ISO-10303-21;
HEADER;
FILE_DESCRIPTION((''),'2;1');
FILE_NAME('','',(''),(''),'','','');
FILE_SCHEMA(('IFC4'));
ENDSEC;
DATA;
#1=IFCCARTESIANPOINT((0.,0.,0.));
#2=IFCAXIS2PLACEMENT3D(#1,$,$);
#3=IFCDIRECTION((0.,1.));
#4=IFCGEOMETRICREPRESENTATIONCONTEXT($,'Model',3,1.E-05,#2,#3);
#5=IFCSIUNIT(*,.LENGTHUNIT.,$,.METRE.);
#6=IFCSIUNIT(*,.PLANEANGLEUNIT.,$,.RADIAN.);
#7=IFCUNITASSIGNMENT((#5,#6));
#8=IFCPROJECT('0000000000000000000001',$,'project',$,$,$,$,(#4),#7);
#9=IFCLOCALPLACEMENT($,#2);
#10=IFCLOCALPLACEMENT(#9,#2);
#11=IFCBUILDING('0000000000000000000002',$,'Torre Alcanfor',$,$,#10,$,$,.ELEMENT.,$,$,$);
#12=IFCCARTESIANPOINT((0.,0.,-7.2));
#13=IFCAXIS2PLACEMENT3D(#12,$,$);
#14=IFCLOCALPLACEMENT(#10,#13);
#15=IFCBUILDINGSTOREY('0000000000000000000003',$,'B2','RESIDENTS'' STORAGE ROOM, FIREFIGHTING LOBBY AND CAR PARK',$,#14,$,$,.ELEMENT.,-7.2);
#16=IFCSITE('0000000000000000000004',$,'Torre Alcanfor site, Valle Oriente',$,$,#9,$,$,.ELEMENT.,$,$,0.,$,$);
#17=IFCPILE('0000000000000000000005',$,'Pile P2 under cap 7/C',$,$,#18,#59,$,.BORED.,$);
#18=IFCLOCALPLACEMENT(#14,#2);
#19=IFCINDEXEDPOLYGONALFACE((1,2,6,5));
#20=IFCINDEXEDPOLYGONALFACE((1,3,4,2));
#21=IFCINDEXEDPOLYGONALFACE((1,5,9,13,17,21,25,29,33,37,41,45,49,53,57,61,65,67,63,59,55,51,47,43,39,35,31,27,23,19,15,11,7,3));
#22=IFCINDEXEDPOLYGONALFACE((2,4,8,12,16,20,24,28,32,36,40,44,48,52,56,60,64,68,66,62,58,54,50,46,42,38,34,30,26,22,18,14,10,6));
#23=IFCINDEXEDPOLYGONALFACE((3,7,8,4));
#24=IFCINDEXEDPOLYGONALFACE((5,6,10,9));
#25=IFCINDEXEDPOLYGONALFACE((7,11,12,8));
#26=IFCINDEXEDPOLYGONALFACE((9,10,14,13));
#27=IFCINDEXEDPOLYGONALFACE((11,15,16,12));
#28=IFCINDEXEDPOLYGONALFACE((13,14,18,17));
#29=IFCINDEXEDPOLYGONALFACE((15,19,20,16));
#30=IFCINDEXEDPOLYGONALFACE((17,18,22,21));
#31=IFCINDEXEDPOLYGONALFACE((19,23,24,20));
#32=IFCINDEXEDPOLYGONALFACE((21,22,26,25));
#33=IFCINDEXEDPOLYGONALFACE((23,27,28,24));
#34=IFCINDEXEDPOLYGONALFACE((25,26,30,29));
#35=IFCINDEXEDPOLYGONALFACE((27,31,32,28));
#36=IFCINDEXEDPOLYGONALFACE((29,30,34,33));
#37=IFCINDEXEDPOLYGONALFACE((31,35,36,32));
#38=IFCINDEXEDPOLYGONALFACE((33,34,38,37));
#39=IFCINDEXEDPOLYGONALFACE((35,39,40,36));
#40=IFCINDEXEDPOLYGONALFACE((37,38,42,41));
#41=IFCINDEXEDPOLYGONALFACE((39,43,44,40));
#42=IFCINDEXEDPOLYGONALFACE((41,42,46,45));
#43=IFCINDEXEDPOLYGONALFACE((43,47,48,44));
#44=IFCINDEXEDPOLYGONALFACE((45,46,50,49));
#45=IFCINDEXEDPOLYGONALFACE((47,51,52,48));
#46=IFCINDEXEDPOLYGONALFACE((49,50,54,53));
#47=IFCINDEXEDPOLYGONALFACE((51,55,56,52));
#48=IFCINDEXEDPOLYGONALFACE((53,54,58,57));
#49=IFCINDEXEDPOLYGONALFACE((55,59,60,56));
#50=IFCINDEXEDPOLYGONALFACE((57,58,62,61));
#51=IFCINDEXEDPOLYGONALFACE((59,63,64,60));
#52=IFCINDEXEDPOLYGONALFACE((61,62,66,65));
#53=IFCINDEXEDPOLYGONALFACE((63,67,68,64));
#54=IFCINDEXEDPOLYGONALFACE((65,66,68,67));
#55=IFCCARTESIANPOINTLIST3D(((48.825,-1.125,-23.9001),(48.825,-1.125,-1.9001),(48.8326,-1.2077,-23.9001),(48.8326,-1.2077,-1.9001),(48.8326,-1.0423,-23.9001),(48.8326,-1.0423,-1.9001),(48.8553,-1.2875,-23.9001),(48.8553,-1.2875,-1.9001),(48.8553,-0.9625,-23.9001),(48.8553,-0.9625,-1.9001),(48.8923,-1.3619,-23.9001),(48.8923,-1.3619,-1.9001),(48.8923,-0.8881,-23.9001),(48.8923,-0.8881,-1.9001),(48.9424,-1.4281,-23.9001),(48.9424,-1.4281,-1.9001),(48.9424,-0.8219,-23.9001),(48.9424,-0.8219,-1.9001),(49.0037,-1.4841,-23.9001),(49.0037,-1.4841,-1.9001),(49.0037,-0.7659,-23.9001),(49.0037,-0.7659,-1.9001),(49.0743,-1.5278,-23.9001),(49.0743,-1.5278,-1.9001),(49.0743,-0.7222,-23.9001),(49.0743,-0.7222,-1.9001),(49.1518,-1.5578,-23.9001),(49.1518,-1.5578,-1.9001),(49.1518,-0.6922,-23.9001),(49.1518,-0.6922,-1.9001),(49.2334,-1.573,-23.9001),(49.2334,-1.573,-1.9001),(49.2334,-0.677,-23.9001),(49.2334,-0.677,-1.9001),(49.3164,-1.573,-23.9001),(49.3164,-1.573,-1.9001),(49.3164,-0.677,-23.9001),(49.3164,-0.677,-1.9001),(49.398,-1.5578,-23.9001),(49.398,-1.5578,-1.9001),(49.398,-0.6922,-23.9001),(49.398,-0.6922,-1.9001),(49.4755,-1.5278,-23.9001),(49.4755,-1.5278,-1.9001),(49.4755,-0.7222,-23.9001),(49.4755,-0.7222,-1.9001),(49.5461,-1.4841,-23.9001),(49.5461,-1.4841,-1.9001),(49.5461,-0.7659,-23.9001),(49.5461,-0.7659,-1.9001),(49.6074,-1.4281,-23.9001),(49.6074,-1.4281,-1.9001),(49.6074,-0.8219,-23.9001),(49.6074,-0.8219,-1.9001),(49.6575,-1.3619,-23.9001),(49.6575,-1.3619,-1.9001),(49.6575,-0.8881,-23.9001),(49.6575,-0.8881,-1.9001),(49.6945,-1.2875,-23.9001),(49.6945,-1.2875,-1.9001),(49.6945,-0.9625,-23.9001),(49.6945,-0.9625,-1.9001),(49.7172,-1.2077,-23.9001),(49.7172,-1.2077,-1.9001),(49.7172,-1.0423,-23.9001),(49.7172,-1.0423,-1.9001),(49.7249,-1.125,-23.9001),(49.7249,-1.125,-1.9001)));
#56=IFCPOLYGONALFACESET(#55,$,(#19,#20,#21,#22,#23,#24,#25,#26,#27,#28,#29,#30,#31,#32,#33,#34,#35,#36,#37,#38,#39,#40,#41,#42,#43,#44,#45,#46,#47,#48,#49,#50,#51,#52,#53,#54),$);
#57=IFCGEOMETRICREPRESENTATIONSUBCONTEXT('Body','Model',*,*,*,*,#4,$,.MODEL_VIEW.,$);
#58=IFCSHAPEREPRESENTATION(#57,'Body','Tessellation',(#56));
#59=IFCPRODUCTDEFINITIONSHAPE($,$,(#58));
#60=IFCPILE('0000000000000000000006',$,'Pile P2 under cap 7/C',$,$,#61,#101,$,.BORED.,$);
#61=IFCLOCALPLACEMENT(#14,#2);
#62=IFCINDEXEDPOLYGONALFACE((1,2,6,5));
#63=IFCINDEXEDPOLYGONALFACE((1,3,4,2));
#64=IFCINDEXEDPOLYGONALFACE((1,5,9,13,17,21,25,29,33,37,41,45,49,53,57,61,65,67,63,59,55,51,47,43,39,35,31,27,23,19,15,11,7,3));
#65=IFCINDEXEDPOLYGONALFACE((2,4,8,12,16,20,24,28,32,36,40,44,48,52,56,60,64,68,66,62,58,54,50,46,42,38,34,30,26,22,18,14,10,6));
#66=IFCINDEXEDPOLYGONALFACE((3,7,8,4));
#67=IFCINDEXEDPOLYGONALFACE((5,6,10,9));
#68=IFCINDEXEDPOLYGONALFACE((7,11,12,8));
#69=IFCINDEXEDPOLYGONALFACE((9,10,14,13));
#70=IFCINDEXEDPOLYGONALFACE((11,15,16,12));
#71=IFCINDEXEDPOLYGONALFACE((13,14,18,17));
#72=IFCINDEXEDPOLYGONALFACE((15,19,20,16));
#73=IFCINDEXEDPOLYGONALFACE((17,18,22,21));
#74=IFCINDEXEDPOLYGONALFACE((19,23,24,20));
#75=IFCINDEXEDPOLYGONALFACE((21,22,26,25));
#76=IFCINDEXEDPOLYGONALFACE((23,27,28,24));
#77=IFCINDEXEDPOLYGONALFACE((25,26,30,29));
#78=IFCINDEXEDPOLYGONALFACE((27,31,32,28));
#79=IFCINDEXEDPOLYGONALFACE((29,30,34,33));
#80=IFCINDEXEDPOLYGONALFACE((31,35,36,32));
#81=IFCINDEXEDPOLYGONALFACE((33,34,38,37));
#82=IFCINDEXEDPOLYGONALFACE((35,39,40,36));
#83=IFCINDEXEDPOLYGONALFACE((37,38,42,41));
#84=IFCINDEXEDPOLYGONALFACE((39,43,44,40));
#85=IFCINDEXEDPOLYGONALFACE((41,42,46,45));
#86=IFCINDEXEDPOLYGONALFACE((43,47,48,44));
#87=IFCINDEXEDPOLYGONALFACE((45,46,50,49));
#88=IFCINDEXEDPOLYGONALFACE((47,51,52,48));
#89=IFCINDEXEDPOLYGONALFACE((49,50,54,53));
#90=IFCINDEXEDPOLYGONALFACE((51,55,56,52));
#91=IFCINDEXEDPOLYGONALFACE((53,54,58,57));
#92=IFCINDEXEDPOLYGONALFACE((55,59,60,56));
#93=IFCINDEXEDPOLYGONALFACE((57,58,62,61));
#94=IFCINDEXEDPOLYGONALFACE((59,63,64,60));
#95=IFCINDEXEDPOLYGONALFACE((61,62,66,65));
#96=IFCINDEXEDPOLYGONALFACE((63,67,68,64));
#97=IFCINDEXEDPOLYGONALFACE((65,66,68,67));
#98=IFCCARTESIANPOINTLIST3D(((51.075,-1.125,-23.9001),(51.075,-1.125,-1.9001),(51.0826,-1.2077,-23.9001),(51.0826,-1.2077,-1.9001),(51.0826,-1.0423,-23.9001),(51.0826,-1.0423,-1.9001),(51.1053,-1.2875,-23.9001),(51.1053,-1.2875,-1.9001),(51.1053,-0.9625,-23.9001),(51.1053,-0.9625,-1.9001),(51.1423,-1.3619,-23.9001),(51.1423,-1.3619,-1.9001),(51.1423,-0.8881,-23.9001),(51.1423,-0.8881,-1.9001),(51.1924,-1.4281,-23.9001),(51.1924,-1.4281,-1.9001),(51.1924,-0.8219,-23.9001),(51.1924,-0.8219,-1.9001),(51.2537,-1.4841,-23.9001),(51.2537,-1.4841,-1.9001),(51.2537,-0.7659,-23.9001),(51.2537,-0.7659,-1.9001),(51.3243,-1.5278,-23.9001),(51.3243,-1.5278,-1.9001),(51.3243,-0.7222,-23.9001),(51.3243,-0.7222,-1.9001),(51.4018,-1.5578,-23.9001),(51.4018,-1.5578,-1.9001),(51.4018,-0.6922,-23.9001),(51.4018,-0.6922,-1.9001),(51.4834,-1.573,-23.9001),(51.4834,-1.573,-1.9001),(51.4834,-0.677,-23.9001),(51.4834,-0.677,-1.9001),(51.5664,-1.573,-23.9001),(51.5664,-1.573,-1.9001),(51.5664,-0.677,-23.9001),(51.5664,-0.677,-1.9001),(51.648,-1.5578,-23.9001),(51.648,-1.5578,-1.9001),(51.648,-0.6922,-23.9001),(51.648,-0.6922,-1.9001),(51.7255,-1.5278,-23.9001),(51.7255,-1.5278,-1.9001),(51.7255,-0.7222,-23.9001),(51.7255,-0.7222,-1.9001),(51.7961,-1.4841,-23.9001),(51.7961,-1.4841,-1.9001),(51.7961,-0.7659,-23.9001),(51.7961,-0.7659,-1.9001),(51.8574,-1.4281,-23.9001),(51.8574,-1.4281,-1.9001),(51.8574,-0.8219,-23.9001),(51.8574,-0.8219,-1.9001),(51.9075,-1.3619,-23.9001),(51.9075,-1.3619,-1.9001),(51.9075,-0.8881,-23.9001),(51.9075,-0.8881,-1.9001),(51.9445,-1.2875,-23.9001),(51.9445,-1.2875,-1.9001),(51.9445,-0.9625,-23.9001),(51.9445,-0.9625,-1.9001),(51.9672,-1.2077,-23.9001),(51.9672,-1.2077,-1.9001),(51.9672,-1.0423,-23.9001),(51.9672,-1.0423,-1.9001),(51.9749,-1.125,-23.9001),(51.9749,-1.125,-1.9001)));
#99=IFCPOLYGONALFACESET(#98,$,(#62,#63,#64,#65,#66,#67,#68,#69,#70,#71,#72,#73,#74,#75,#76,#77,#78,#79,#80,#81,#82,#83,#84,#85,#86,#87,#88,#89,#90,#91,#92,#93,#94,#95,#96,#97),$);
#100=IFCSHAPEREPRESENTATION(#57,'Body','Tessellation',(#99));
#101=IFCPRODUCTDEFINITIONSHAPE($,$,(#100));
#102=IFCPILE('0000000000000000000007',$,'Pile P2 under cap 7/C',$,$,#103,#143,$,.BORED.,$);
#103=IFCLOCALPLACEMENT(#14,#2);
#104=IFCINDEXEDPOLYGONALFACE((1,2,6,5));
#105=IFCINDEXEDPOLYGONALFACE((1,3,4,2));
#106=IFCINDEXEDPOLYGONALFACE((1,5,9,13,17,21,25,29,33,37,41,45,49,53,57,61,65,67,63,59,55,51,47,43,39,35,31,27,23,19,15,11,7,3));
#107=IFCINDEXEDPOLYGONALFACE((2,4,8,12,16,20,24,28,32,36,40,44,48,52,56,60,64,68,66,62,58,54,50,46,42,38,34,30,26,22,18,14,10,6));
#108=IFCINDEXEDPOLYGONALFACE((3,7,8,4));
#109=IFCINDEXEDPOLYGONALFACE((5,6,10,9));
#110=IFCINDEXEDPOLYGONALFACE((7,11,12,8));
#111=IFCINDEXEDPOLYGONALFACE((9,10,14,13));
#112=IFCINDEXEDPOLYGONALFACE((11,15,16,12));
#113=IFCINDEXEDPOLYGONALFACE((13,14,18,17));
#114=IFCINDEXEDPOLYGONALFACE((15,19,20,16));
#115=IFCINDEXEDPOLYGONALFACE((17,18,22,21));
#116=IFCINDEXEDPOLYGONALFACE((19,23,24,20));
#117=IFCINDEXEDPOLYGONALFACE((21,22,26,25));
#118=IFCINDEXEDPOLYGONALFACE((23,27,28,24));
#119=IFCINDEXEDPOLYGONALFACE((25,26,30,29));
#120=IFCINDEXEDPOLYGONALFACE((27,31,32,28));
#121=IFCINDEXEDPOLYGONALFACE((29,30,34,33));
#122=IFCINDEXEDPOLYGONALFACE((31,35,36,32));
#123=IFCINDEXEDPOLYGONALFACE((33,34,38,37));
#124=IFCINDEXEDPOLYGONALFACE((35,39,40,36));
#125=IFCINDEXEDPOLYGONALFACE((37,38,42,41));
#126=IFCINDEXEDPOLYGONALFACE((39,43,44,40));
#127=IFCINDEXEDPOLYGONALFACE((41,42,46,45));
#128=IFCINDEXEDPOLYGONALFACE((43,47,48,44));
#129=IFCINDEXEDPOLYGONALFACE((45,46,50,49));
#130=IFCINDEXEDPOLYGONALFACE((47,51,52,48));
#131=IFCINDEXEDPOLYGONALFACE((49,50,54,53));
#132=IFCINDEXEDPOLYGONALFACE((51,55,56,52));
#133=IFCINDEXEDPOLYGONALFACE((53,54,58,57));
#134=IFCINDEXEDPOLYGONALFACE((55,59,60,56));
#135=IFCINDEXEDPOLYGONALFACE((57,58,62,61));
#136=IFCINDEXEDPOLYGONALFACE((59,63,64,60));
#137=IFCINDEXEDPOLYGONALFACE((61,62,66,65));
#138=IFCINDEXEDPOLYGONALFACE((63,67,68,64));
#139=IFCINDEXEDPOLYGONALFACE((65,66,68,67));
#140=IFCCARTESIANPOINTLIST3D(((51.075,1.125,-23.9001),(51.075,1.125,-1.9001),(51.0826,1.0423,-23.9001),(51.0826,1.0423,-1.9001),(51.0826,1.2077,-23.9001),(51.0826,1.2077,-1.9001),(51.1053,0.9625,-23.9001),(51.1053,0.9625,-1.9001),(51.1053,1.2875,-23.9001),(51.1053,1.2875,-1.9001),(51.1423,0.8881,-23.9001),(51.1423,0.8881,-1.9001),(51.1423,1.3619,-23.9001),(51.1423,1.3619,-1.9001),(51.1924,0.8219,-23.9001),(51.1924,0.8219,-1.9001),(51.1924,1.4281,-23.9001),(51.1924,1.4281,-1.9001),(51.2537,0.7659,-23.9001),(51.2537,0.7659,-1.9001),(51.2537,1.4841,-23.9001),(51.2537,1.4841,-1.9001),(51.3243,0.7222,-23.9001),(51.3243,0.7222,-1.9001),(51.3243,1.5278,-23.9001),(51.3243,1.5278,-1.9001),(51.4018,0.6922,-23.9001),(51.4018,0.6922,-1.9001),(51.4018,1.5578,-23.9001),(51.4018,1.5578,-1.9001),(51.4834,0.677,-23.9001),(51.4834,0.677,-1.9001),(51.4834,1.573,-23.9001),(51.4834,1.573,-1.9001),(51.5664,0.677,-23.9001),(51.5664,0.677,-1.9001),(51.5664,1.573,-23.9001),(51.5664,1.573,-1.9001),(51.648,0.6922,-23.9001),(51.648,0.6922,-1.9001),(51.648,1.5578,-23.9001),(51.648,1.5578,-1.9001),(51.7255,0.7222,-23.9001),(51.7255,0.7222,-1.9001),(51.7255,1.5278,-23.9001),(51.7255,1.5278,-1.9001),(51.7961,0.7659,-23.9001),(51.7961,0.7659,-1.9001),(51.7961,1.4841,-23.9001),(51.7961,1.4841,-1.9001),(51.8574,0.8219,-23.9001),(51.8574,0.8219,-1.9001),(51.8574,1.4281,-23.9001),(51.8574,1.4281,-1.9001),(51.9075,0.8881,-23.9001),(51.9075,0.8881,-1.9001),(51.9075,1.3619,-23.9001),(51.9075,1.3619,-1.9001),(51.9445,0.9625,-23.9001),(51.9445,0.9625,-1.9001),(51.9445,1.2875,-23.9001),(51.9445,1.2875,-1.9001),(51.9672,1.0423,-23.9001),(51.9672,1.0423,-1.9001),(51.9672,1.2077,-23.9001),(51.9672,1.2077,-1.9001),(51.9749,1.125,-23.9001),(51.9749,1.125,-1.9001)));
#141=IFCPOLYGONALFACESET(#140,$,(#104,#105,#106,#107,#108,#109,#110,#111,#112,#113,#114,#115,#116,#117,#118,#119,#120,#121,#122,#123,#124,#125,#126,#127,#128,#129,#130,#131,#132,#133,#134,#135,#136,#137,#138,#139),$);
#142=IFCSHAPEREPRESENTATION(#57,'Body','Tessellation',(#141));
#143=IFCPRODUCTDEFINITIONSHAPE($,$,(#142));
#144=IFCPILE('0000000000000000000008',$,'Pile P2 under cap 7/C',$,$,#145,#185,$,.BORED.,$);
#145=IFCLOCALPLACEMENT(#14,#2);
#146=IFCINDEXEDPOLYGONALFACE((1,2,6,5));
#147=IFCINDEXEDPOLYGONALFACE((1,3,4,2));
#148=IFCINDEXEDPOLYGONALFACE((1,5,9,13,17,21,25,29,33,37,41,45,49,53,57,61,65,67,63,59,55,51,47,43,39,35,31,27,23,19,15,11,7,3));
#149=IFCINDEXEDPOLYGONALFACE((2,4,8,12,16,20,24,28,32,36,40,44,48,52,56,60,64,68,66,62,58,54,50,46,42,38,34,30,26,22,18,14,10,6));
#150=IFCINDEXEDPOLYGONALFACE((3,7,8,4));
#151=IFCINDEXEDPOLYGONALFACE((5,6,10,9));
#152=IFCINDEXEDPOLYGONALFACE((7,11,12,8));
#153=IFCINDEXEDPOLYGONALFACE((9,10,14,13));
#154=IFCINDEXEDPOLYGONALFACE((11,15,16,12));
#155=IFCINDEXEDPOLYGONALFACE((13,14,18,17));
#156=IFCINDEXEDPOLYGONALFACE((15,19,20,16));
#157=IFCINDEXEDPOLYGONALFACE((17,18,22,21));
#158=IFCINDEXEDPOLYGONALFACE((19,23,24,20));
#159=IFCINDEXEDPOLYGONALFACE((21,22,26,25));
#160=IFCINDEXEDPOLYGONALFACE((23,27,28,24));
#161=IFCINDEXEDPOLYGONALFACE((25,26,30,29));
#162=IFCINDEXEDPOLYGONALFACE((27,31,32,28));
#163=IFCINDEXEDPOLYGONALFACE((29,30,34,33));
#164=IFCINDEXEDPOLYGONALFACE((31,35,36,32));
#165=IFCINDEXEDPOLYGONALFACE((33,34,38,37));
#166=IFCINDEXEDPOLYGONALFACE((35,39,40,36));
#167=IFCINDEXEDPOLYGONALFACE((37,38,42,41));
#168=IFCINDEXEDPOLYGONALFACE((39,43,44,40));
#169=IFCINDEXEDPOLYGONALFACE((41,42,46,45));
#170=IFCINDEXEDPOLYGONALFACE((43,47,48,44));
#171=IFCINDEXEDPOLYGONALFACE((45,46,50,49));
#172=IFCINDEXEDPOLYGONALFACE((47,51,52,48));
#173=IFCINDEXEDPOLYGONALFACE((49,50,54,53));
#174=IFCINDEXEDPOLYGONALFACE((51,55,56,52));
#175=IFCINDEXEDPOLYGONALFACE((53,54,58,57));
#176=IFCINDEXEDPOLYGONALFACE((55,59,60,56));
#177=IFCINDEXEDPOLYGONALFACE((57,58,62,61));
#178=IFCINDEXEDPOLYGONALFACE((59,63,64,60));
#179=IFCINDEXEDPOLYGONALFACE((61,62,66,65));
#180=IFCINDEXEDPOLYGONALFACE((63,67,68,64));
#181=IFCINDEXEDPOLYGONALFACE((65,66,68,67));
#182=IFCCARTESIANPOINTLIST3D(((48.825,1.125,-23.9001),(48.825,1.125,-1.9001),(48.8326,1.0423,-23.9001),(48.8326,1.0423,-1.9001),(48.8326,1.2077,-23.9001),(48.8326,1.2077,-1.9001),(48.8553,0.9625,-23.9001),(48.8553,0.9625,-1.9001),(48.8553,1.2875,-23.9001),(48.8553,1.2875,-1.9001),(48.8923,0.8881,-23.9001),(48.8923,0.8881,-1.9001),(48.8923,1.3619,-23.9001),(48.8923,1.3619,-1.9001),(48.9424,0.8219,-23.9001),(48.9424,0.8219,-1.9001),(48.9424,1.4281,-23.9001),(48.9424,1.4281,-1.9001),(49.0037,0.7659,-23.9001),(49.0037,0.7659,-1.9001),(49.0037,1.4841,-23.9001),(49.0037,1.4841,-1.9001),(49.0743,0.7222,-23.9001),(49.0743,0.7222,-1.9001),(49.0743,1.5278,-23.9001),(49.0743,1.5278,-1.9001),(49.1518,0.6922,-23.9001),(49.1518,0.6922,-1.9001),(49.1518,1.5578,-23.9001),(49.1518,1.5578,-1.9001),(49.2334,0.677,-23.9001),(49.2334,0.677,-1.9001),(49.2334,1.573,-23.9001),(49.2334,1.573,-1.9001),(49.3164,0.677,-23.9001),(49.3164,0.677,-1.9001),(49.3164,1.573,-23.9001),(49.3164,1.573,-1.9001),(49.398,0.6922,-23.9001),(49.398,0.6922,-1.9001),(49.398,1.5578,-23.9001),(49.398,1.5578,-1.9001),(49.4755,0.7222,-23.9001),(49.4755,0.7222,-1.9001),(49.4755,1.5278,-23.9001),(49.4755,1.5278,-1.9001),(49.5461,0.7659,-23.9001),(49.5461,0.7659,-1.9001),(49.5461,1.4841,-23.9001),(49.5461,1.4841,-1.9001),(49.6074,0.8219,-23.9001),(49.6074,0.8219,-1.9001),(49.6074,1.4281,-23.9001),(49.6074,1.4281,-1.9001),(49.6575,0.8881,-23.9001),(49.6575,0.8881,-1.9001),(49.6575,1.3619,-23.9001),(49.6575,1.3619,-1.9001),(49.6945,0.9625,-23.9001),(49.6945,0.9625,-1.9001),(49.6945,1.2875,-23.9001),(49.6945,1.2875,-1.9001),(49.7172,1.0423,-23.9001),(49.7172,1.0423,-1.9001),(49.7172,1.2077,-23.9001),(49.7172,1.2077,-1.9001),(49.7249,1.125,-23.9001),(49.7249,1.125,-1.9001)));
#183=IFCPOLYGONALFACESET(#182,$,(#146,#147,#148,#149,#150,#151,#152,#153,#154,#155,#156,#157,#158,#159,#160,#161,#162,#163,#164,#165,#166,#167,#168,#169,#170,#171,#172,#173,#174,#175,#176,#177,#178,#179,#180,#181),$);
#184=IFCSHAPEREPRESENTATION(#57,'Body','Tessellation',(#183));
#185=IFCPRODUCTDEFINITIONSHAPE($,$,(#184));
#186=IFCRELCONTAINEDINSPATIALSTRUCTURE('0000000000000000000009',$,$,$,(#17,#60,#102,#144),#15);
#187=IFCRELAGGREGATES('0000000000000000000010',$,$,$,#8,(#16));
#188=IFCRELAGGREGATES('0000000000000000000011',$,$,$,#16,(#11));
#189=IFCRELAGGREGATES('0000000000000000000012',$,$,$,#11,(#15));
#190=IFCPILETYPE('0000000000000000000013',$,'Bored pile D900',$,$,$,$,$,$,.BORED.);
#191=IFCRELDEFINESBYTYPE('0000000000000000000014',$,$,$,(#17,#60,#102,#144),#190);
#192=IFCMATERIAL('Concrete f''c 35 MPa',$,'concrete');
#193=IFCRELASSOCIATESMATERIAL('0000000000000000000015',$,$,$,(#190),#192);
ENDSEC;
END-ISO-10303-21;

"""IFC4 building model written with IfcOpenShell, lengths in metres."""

from ifc_helpers import new_model, si_unit, direction, frame, origin, origin_2d, place, context, subcontext, project, spatial, circle, extrude, material, material_profile, profile_set, type_object, element, save


model = new_model("IFC4")

# Units and contexts
model_context = context("Model", 3, precision=1e-05, world=origin(), true_north=direction((0.0, 1.0)))
body_context = subcontext(model_context, "Body", "Model", "MODEL_VIEW")
ifc_project = project(units=[si_unit("LENGTHUNIT", "METRE"), si_unit("PLANEANGLEUNIT", "RADIAN")], contexts=[model_context])

# Site, building, storey
site_placement = place(None, origin())
site = spatial("IfcSite", under=ifc_project, at=site_placement, Name="Torre Alcanfor site, Valle Oriente", CompositionType="ELEMENT", RefElevation=0.0)
building_placement = place(site_placement, origin())
building = spatial("IfcBuilding", under=site, at=building_placement, Name="Torre Alcanfor", CompositionType="ELEMENT")
storey_placement = place(building_placement, frame((0.0, 0.0, -7.2)))
storey = spatial("IfcBuildingStorey", under=building, at=storey_placement, Name="B2", Description="RESIDENTS' STORAGE ROOM, FIREFIGHTING LOBBY AND CAR PARK", CompositionType="ELEMENT", Elevation=-7.2)

# Piles
ifc_material_1 = material(Name="Concrete f'c 35 MPa", Category="concrete")
ifc_material_profile_1 = material_profile(ifc_material_1, circle(Radius=0.45, at=origin_2d()), Name="D900")
ifc_profile_set_1 = profile_set([ifc_material_profile_1], Name="Concrete f'c 35 MPa")
pile_type = type_object("IfcPileType", Name="Bored pile D900", PredefinedType="BORED", material=ifc_profile_set_1)
for number, where, z_axis, x_axis, name in (
    (1, (49.2749, -1.125, -1.9001), (0.0, 0.0, -1.0), (1.0, 0.0, 0.0), "Pile P2 under cap 7/C"),
    (2, (51.5249, -1.125, -1.9001), (0.0, 0.0, -1.0), (1.0, 0.0, 0.0), "Pile P2 under cap 7/C"),
    (3, (51.5249, 1.125, -1.9001), (0.0, 0.0, -1.0), (1.0, 0.0, 0.0), "Pile P2 under cap 7/C"),
    (4, (49.2749, 1.125, -1.9001), (0.0, 0.0, -1.0), (1.0, 0.0, 0.0), "Pile P2 under cap 7/C"),
):
    element("IfcPile", number, at=place(storey_placement, frame(where, z_axis=z_axis, x_axis=x_axis)), inside=storey, type_object=pile_type, Name=name, PredefinedType="BORED", context=body_context, shape_type="SweptSolid", body=[
        extrude(circle(Radius=0.45, at=origin_2d()), origin(), (0.0, 0.0, 1.0), 22.0),
    ])

save(model, "model.ifc")
